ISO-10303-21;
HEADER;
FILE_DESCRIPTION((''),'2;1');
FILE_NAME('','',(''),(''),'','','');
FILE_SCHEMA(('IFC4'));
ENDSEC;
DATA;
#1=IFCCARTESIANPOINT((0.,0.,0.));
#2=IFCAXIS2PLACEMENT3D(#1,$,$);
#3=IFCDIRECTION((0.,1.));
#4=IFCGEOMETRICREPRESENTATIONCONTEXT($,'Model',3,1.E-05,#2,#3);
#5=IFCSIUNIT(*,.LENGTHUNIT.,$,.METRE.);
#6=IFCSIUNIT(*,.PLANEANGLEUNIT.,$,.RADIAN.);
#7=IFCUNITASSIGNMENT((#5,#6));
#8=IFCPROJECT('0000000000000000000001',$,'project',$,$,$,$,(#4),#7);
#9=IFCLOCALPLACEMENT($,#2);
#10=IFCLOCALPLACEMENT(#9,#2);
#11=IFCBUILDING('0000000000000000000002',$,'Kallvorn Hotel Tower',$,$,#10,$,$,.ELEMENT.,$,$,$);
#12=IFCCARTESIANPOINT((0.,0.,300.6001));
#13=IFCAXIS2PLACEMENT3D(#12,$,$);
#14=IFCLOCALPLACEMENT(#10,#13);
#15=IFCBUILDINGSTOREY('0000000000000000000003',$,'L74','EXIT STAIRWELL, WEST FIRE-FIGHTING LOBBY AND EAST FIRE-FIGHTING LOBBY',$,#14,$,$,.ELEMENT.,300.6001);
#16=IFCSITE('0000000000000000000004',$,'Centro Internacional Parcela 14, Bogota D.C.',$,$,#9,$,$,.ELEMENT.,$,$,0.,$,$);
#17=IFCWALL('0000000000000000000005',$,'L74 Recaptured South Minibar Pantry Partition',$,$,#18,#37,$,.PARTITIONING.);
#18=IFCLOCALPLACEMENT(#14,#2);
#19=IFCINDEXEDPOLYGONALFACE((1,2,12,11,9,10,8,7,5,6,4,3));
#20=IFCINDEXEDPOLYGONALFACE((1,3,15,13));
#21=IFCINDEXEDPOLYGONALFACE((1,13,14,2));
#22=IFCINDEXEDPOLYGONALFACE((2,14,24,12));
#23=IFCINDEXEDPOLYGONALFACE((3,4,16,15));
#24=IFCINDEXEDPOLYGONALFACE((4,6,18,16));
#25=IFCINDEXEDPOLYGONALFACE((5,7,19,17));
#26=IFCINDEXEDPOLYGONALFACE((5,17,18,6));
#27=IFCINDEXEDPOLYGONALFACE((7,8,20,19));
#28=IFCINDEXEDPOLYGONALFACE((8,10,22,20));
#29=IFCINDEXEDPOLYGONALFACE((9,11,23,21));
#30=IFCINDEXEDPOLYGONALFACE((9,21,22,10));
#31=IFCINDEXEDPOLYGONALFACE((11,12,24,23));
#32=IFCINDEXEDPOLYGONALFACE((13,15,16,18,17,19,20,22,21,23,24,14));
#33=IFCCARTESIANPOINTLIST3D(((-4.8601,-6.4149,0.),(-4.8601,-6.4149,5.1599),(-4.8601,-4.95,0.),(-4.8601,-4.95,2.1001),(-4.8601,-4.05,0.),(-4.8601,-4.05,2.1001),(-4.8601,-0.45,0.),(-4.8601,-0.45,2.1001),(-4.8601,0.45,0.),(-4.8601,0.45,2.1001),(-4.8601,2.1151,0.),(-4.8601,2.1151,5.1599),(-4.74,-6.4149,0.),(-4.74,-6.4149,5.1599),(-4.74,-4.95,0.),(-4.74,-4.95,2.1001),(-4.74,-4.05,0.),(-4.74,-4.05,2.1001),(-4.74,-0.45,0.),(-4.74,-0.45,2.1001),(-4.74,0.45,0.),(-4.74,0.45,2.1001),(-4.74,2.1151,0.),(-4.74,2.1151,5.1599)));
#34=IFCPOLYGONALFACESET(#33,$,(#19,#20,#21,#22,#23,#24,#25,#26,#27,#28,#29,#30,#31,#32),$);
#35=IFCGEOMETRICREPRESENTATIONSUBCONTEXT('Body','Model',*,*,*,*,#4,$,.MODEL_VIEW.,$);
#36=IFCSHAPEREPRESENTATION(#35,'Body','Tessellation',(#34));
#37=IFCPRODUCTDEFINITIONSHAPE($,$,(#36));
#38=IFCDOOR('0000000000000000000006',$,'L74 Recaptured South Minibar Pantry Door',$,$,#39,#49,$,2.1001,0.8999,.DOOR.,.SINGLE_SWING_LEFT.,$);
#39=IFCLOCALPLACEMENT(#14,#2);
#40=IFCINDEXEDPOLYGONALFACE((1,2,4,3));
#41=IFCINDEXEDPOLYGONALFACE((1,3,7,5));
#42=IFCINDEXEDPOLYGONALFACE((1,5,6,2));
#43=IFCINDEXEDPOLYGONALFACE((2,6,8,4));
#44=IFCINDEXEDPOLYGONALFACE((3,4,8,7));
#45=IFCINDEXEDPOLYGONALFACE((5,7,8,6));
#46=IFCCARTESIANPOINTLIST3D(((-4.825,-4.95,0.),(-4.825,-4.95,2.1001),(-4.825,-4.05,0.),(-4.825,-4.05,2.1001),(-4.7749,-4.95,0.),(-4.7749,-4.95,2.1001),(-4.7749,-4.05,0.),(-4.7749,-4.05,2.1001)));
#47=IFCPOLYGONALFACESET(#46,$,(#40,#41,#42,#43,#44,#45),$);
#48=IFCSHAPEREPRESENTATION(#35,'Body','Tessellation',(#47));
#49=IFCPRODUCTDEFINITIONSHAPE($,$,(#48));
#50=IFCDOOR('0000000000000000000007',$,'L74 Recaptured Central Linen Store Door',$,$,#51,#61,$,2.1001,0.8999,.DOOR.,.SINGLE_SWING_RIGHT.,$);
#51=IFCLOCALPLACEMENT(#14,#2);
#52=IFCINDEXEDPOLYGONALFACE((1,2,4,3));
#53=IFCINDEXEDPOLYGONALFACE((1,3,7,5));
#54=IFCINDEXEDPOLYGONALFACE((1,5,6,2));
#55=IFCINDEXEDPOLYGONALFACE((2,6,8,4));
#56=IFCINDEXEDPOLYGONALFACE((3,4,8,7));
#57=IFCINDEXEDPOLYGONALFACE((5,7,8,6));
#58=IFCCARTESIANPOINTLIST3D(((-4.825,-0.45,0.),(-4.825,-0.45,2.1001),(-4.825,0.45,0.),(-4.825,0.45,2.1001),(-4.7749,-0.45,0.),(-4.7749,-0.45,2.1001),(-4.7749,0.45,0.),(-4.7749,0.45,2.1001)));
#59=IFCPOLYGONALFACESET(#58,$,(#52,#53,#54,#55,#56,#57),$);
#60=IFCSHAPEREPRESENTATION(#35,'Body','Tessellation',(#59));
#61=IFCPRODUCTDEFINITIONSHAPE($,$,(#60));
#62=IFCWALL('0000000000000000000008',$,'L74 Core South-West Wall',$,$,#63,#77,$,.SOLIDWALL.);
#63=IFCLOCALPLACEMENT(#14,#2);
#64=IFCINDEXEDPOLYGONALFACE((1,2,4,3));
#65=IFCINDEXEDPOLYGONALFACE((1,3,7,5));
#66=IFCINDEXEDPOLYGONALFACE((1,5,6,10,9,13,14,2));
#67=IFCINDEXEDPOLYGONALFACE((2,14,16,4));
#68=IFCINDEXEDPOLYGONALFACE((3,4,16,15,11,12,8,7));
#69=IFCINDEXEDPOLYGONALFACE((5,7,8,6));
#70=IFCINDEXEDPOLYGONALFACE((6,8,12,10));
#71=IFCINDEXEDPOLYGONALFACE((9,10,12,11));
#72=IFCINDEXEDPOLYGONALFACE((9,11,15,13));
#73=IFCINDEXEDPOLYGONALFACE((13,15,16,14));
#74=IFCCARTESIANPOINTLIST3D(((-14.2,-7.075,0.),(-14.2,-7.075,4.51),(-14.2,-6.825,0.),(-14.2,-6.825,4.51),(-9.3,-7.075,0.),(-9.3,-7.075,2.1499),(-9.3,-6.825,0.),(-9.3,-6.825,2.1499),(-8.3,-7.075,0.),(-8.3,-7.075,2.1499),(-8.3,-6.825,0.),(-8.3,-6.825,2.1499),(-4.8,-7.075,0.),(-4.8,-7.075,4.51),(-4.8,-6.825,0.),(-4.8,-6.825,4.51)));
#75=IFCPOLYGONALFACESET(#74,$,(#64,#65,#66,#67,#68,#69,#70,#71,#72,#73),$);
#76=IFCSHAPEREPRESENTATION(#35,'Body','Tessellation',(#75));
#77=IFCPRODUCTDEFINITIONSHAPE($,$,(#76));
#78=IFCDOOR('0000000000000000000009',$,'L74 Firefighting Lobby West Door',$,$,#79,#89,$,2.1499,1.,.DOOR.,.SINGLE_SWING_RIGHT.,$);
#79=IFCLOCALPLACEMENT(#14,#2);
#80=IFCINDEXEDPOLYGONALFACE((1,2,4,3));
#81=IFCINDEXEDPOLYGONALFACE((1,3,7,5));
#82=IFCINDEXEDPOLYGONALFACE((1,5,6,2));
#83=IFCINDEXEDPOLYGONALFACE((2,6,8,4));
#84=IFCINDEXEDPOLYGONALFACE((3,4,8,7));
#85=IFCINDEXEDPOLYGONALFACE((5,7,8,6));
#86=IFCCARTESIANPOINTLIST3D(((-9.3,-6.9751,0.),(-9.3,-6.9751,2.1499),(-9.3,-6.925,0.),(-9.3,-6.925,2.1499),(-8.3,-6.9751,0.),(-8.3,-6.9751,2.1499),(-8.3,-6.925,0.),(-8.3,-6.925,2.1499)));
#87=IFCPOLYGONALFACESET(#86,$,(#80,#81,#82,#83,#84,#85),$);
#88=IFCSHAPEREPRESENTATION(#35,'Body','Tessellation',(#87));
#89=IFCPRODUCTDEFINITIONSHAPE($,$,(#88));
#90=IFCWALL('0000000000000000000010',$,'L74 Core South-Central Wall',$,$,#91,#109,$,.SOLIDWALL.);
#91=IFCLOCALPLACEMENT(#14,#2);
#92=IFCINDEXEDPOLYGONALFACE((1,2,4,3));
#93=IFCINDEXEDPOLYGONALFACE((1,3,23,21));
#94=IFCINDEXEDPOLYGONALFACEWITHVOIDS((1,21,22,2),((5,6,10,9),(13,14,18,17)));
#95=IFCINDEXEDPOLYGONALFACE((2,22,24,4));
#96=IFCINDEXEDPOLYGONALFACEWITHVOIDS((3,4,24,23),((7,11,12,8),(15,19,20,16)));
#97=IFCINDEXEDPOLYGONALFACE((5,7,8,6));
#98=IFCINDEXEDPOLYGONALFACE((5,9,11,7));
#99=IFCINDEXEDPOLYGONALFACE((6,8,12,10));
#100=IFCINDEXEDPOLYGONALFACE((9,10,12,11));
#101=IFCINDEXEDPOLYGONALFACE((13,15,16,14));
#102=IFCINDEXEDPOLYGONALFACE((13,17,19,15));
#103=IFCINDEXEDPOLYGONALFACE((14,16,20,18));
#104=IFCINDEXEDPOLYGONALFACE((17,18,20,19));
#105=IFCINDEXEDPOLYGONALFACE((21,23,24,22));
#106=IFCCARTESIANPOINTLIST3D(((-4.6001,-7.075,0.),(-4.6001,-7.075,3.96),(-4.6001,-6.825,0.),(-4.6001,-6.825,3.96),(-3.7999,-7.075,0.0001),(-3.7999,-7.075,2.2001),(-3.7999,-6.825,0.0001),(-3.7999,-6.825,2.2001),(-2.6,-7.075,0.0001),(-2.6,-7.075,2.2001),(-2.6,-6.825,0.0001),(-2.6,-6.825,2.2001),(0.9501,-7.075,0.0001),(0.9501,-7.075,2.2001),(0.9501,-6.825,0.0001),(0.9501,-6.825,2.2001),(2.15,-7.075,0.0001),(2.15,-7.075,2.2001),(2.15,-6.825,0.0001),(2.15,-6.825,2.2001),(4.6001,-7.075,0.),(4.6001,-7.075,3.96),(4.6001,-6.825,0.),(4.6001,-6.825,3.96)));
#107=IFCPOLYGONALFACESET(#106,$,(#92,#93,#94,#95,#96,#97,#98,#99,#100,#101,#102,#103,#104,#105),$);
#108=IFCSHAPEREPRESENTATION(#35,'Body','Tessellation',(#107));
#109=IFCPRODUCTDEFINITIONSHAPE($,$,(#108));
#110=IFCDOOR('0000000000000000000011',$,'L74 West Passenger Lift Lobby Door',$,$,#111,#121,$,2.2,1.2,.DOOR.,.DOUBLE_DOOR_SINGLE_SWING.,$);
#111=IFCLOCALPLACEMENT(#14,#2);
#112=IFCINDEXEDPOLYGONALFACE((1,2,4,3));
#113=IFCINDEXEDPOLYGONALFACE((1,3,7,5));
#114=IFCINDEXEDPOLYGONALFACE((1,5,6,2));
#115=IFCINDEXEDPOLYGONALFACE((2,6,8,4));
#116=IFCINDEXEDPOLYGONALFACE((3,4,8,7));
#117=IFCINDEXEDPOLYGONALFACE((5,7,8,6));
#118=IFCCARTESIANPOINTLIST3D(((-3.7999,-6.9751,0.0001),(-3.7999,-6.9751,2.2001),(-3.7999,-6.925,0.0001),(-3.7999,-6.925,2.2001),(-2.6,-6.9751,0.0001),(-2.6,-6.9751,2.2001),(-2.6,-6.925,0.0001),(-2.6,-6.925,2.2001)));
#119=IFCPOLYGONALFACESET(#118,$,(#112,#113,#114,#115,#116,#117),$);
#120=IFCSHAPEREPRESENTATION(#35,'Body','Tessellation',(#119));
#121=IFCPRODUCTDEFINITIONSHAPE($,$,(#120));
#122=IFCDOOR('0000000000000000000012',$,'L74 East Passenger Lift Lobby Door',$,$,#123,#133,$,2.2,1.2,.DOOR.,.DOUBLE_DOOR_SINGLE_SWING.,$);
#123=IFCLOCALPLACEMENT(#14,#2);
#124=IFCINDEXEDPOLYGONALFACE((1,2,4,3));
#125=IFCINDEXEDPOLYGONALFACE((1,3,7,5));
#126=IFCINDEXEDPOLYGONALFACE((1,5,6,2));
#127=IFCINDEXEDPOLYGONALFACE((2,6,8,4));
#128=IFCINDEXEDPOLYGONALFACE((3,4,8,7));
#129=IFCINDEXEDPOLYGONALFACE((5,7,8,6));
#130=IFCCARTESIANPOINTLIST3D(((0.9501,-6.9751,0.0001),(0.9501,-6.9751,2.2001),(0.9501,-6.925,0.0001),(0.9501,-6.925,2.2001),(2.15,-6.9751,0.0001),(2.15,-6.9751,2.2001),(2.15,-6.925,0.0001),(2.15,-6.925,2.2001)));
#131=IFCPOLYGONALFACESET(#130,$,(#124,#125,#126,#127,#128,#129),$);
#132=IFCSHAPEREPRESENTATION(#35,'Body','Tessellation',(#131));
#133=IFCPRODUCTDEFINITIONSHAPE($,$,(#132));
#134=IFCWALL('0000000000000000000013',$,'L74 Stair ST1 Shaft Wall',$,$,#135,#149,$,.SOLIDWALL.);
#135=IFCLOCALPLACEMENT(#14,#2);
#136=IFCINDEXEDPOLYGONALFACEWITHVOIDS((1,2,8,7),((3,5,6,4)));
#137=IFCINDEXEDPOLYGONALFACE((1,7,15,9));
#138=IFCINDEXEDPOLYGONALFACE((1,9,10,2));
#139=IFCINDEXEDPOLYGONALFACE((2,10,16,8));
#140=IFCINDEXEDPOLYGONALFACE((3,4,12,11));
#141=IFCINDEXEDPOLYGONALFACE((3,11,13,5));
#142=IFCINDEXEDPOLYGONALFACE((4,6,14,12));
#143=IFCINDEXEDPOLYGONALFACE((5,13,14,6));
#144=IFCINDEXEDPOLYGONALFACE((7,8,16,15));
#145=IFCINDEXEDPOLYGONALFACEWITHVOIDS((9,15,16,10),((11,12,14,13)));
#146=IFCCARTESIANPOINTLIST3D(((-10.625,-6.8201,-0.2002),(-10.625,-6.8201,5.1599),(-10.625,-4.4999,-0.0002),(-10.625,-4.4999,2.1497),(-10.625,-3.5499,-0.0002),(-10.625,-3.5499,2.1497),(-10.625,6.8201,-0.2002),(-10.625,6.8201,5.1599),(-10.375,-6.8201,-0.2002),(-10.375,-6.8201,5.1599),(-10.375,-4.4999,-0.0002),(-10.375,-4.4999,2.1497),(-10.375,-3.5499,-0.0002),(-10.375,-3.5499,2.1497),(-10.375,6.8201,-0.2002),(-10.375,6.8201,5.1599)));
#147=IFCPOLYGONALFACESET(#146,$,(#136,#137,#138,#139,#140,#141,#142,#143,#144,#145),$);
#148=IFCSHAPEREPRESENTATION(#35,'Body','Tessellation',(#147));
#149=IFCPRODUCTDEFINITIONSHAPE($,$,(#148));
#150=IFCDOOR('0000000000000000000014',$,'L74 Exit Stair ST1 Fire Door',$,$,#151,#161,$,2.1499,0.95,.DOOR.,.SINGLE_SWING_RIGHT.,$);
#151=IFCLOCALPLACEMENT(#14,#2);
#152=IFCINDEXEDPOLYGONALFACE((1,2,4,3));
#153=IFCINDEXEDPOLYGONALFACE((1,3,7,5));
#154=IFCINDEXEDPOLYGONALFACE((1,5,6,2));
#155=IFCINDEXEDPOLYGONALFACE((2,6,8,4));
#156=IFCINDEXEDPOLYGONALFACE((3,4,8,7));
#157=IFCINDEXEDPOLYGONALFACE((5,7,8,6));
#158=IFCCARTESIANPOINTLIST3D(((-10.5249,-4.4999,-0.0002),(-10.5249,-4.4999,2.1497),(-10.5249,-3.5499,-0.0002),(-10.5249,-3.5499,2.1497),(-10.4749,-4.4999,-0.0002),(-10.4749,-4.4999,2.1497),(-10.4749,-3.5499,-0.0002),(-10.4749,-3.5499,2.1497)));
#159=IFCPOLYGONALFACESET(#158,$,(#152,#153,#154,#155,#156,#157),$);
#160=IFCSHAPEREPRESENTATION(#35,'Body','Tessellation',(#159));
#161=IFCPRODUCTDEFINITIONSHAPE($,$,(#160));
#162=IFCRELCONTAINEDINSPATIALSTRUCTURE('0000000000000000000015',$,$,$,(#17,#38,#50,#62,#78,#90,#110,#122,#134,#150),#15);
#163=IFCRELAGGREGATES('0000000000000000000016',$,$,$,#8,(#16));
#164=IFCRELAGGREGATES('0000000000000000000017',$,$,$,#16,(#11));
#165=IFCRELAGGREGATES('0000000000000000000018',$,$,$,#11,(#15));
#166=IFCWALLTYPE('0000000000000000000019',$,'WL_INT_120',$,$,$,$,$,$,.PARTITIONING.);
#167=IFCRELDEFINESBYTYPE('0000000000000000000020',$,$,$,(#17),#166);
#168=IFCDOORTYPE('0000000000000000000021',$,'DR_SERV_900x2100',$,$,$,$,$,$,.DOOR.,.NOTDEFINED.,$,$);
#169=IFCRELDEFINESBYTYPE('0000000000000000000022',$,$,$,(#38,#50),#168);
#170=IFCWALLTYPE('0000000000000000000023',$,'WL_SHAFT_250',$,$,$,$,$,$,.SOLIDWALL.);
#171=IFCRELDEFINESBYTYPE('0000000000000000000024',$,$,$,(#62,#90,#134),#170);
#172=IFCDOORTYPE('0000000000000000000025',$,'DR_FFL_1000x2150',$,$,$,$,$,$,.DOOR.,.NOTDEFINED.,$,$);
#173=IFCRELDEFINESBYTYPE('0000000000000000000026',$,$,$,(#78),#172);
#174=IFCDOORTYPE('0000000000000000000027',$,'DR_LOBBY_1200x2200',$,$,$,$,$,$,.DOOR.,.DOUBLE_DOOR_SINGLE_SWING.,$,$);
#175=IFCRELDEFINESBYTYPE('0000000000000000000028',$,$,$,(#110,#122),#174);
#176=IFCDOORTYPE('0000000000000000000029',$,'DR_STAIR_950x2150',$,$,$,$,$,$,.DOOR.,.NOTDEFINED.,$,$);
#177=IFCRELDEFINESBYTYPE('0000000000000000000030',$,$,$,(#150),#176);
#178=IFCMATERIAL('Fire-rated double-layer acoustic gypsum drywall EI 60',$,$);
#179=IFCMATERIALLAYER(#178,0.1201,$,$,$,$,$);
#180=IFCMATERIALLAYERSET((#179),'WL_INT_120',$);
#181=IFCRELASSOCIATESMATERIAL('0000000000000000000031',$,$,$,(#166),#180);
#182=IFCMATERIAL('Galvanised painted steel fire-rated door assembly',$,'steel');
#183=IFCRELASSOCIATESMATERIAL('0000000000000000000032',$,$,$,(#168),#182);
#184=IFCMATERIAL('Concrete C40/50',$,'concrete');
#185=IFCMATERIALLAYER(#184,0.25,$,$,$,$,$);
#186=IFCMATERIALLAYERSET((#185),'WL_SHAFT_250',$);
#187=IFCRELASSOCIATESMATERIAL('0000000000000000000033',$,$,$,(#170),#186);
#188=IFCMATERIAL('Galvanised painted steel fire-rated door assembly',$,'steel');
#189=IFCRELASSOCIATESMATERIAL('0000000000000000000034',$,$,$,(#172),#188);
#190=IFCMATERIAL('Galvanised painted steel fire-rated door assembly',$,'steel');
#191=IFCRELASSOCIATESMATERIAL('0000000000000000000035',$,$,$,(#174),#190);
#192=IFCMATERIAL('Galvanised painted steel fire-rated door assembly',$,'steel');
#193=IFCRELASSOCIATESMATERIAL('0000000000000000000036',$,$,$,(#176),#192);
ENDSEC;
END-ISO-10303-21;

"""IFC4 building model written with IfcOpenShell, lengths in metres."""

from ifc_helpers import new_model, si_unit, direction, frame, frame_2d, origin, place, context, subcontext, project, spatial, rectangle, extrude, material, layer, layer_set, type_object, element, fill, save


model = new_model("IFC4")

# Units and contexts
model_context = context("Model", 3, precision=1e-05, world=origin(), true_north=direction((0.0, 1.0)))
body_context = subcontext(model_context, "Body", "Model", "MODEL_VIEW")
ifc_project = project(units=[si_unit("LENGTHUNIT", "METRE"), si_unit("PLANEANGLEUNIT", "RADIAN")], contexts=[model_context])

# Site, building, storey
site_placement = place(None, origin())
site = spatial("IfcSite", under=ifc_project, at=site_placement, Name="Centro Internacional Parcela 14, Bogota D.C.", CompositionType="ELEMENT", RefElevation=0.0)
building_placement = place(site_placement, origin())
building = spatial("IfcBuilding", under=site, at=building_placement, Name="Kallvorn Hotel Tower", CompositionType="ELEMENT")
storey_placement = place(building_placement, frame((0.0, 0.0, 300.6001)))
storey = spatial("IfcBuildingStorey", under=building, at=storey_placement, Name="L74", Description="EXIT STAIRWELL, WEST FIRE-FIGHTING LOBBY AND EAST FIRE-FIGHTING LOBBY", CompositionType="ELEMENT", Elevation=300.6001)

# Shared definitions
ifc_material_1 = material(Name="Fire-rated double-layer acoustic gypsum drywall EI 60")
ifc_layer_1 = layer(ifc_material_1, 0.1201)
ifc_layer_set_1 = layer_set([ifc_layer_1], Name="WL_INT_120")
wall_type_1 = type_object("IfcWallType", Name="WL_INT_120", PredefinedType="PARTITIONING", material=ifc_layer_set_1)

# Wall, openings, doors
wall_1_placement = place(storey_placement, frame((-4.8, -6.415, 0.0), z_axis=(0.0, 0.0, 1.0), x_axis=(0.0, 1.0, 0.0)))
wall_1 = element("IfcWall", 1, at=wall_1_placement, inside=storey, type_object=wall_type_1, Name="L74 Recaptured South Minibar Pantry Partition", PredefinedType="PARTITIONING", context=body_context, shape_type="SweptSolid", body=[
    extrude(rectangle(XDim=8.53, YDim=0.1201, at=frame_2d((4.2651, 0.0))), origin(), (0.0, 0.0, 1.0), 5.1599),
])
opening_1_placement = place(wall_1_placement, frame((1.4651, 0.0, 0.0)))
opening_1 = element("IfcOpeningElement", 2, at=opening_1_placement, cuts=wall_1, PredefinedType="OPENING", context=body_context, shape_type="SweptSolid", body=[
    extrude(rectangle(XDim=0.8999, YDim=2.1001, at=frame_2d((0.45, 1.05))), frame((0.0, 0.075, 0.0), z_axis=(0.0, -1.0, 0.0), x_axis=(1.0, 0.0, 0.0)), (0.0, 0.0, 1.0), 0.1501),
])
opening_2_placement = place(wall_1_placement, frame((5.9651, 0.0, 0.0)))
opening_2 = element("IfcOpeningElement", 3, at=opening_2_placement, cuts=wall_1, PredefinedType="OPENING", context=body_context, shape_type="SweptSolid", body=[
    extrude(rectangle(XDim=0.8999, YDim=2.1001, at=frame_2d((0.45, 1.05))), frame((0.0, 0.075, 0.0), z_axis=(0.0, -1.0, 0.0), x_axis=(1.0, 0.0, 0.0)), (0.0, 0.0, 1.0), 0.1501),
])
ifc_material_2 = material(Name="Galvanised painted steel fire-rated door assembly", Category="steel")
door_type_1 = type_object("IfcDoorType", Name="DR_SERV_900x2100", OperationType="NOTDEFINED", PredefinedType="DOOR", material=ifc_material_2)
door_1_placement = place(opening_1_placement, origin())
door_1 = element("IfcDoor", 4, at=door_1_placement, inside=storey, type_object=door_type_1, Name="L74 Recaptured South Minibar Pantry Door", OperationType="SINGLE_SWING_LEFT", OverallHeight=2.1001, OverallWidth=0.8999, PredefinedType="DOOR", context=body_context, shape_type="SweptSolid", body=[
    extrude(rectangle(XDim=0.8999, YDim=2.1001, at=frame_2d((0.45, 1.05))), frame((0.0, 0.0249, 0.0), z_axis=(0.0, -1.0, 0.0), x_axis=(1.0, 0.0, 0.0)), (0.0, 0.0, 1.0), 0.05),
])
fill(opening_1, door_1)
door_2_placement = place(opening_2_placement, origin())
door_2 = element("IfcDoor", 5, at=door_2_placement, inside=storey, type_object=door_type_1, Name="L74 Recaptured Central Linen Store Door", OperationType="SINGLE_SWING_RIGHT", OverallHeight=2.1001, OverallWidth=0.8999, PredefinedType="DOOR", context=body_context, shape_type="SweptSolid", body=[
    extrude(rectangle(XDim=0.8999, YDim=2.1001, at=frame_2d((0.45, 1.05))), frame((0.0, 0.0249, 0.0), z_axis=(0.0, -1.0, 0.0), x_axis=(1.0, 0.0, 0.0)), (0.0, 0.0, 1.0), 0.05),
])
fill(opening_2, door_2)

# Wall, opening, door
ifc_material_3 = material(Name="Concrete C40/50", Category="concrete")
ifc_layer_2 = layer(ifc_material_3, 0.25)
ifc_layer_set_2 = layer_set([ifc_layer_2], Name="WL_SHAFT_250")
wall_type_2 = type_object("IfcWallType", Name="WL_SHAFT_250", PredefinedType="SOLIDWALL", material=ifc_layer_set_2)
wall_2_placement = place(storey_placement, frame((-14.2, -6.95, 0.0), z_axis=(0.0, 0.0, 1.0), x_axis=(1.0, 0.0, 0.0)))
wall_2 = element("IfcWall", 6, at=wall_2_placement, inside=storey, type_object=wall_type_2, Name="L74 Core South-West Wall", PredefinedType="SOLIDWALL", context=body_context, shape_type="SweptSolid", body=[
    extrude(rectangle(XDim=9.3999, YDim=0.25, at=frame_2d((4.7, 0.0))), origin(), (0.0, 0.0, 1.0), 4.51),
])
opening_3_placement = place(wall_2_placement, frame((4.8999, 0.0, 0.0)))
opening_3 = element("IfcOpeningElement", 7, at=opening_3_placement, cuts=wall_2, PredefinedType="OPENING", context=body_context, shape_type="SweptSolid", body=[
    extrude(rectangle(XDim=1.0, YDim=2.1499, at=frame_2d((0.5, 1.075))), frame((0.0, 0.1399, 0.0), z_axis=(0.0, -1.0, 0.0), x_axis=(1.0, 0.0, 0.0)), (0.0, 0.0, 1.0), 0.28),
])
ifc_material_4 = material(Name="Galvanised painted steel fire-rated door assembly", Category="steel")
door_type_2 = type_object("IfcDoorType", Name="DR_FFL_1000x2150", OperationType="NOTDEFINED", PredefinedType="DOOR", material=ifc_material_4)
door_3_placement = place(opening_3_placement, origin())
door_3 = element("IfcDoor", 8, at=door_3_placement, inside=storey, type_object=door_type_2, Name="L74 Firefighting Lobby West Door", OperationType="SINGLE_SWING_RIGHT", OverallHeight=2.1499, OverallWidth=1.0, PredefinedType="DOOR", context=body_context, shape_type="SweptSolid", body=[
    extrude(rectangle(XDim=1.0, YDim=2.1499, at=frame_2d((0.5, 1.075))), frame((0.0, 0.0249, 0.0), z_axis=(0.0, -1.0, 0.0), x_axis=(1.0, 0.0, 0.0)), (0.0, 0.0, 1.0), 0.05),
])
fill(opening_3, door_3)

# Wall, openings, doors
wall_3_placement = place(storey_placement, frame((-4.6001, -6.95, 0.0), z_axis=(0.0, 0.0, 1.0), x_axis=(1.0, 0.0, 0.0)))
wall_3 = element("IfcWall", 9, at=wall_3_placement, inside=storey, type_object=wall_type_2, Name="L74 Core South-Central Wall", PredefinedType="SOLIDWALL", context=body_context, shape_type="SweptSolid", body=[
    extrude(rectangle(XDim=9.2002, YDim=0.25, at=frame_2d((4.6001, 0.0))), origin(), (0.0, 0.0, 1.0), 3.96),
])
opening_4_placement = place(wall_3_placement, frame((0.8, 0.0, 0.0)))
opening_4 = element("IfcOpeningElement", 10, at=opening_4_placement, cuts=wall_3, PredefinedType="OPENING", context=body_context, shape_type="SweptSolid", body=[
    extrude(rectangle(XDim=1.2, YDim=2.2, at=frame_2d((0.6001, 1.1001))), frame((0.0, 0.1399, 0.0), z_axis=(0.0, -1.0, 0.0), x_axis=(1.0, 0.0, 0.0)), (0.0, 0.0, 1.0), 0.28),
])
opening_5_placement = place(wall_3_placement, frame((5.55, 0.0, 0.0)))
opening_5 = element("IfcOpeningElement", 11, at=opening_5_placement, cuts=wall_3, PredefinedType="OPENING", context=body_context, shape_type="SweptSolid", body=[
    extrude(rectangle(XDim=1.2, YDim=2.2, at=frame_2d((0.6001, 1.1001))), frame((0.0, 0.1399, 0.0), z_axis=(0.0, -1.0, 0.0), x_axis=(1.0, 0.0, 0.0)), (0.0, 0.0, 1.0), 0.28),
])
ifc_material_5 = material(Name="Galvanised painted steel fire-rated door assembly", Category="steel")
door_type_3 = type_object("IfcDoorType", Name="DR_LOBBY_1200x2200", OperationType="DOUBLE_DOOR_SINGLE_SWING", PredefinedType="DOOR", material=ifc_material_5)
door_4_placement = place(opening_4_placement, origin())
door_4 = element("IfcDoor", 12, at=door_4_placement, inside=storey, type_object=door_type_3, Name="L74 West Passenger Lift Lobby Door", OperationType="DOUBLE_DOOR_SINGLE_SWING", OverallHeight=2.2, OverallWidth=1.2, PredefinedType="DOOR", context=body_context, shape_type="SweptSolid", body=[
    extrude(rectangle(XDim=1.2, YDim=2.2, at=frame_2d((0.6001, 1.1001))), frame((0.0, 0.0249, 0.0), z_axis=(0.0, -1.0, 0.0), x_axis=(1.0, 0.0, 0.0)), (0.0, 0.0, 1.0), 0.05),
])
fill(opening_4, door_4)
door_5_placement = place(opening_5_placement, origin())
door_5 = element("IfcDoor", 13, at=door_5_placement, inside=storey, type_object=door_type_3, Name="L74 East Passenger Lift Lobby Door", OperationType="DOUBLE_DOOR_SINGLE_SWING", OverallHeight=2.2, OverallWidth=1.2, PredefinedType="DOOR", context=body_context, shape_type="SweptSolid", body=[
    extrude(rectangle(XDim=1.2, YDim=2.2, at=frame_2d((0.6001, 1.1001))), frame((0.0, 0.0249, 0.0), z_axis=(0.0, -1.0, 0.0), x_axis=(1.0, 0.0, 0.0)), (0.0, 0.0, 1.0), 0.05),
])
fill(opening_5, door_5)

# Wall, opening, door
wall_4_placement = place(storey_placement, frame((-10.5, -6.8201, -0.2002), z_axis=(0.0, 0.0, 1.0), x_axis=(0.0, 1.0, 0.0)))
wall_4 = element("IfcWall", 14, at=wall_4_placement, inside=storey, type_object=wall_type_2, Name="L74 Stair ST1 Shaft Wall", PredefinedType="SOLIDWALL", context=body_context, shape_type="SweptSolid", body=[
    extrude(rectangle(XDim=13.6401, YDim=0.25, at=frame_2d((6.8201, 0.0))), origin(), (0.0, 0.0, 1.0), 5.3601),
])
opening_6_placement = place(wall_4_placement, frame((2.3201, 0.0, 0.2)))
opening_6 = element("IfcOpeningElement", 15, at=opening_6_placement, cuts=wall_4, PredefinedType="OPENING", context=body_context, shape_type="SweptSolid", body=[
    extrude(rectangle(XDim=0.95, YDim=2.1499, at=frame_2d((0.4751, 1.075))), frame((0.0, 0.1399, 0.0), z_axis=(0.0, -1.0, 0.0), x_axis=(1.0, 0.0, 0.0)), (0.0, 0.0, 1.0), 0.28),
])
ifc_material_6 = material(Name="Galvanised painted steel fire-rated door assembly", Category="steel")
door_type_4 = type_object("IfcDoorType", Name="DR_STAIR_950x2150", OperationType="NOTDEFINED", PredefinedType="DOOR", material=ifc_material_6)
door_6_placement = place(opening_6_placement, origin())
door_6 = element("IfcDoor", 16, at=door_6_placement, inside=storey, type_object=door_type_4, Name="L74 Exit Stair ST1 Fire Door", OperationType="SINGLE_SWING_RIGHT", OverallHeight=2.1499, OverallWidth=0.95, PredefinedType="DOOR", context=body_context, shape_type="SweptSolid", body=[
    extrude(rectangle(XDim=0.95, YDim=2.1499, at=frame_2d((0.4751, 1.075))), frame((0.0, 0.0249, 0.0), z_axis=(0.0, -1.0, 0.0), x_axis=(1.0, 0.0, 0.0)), (0.0, 0.0, 1.0), 0.05),
])
fill(opening_6, door_6)

save(model, "model.ifc")
